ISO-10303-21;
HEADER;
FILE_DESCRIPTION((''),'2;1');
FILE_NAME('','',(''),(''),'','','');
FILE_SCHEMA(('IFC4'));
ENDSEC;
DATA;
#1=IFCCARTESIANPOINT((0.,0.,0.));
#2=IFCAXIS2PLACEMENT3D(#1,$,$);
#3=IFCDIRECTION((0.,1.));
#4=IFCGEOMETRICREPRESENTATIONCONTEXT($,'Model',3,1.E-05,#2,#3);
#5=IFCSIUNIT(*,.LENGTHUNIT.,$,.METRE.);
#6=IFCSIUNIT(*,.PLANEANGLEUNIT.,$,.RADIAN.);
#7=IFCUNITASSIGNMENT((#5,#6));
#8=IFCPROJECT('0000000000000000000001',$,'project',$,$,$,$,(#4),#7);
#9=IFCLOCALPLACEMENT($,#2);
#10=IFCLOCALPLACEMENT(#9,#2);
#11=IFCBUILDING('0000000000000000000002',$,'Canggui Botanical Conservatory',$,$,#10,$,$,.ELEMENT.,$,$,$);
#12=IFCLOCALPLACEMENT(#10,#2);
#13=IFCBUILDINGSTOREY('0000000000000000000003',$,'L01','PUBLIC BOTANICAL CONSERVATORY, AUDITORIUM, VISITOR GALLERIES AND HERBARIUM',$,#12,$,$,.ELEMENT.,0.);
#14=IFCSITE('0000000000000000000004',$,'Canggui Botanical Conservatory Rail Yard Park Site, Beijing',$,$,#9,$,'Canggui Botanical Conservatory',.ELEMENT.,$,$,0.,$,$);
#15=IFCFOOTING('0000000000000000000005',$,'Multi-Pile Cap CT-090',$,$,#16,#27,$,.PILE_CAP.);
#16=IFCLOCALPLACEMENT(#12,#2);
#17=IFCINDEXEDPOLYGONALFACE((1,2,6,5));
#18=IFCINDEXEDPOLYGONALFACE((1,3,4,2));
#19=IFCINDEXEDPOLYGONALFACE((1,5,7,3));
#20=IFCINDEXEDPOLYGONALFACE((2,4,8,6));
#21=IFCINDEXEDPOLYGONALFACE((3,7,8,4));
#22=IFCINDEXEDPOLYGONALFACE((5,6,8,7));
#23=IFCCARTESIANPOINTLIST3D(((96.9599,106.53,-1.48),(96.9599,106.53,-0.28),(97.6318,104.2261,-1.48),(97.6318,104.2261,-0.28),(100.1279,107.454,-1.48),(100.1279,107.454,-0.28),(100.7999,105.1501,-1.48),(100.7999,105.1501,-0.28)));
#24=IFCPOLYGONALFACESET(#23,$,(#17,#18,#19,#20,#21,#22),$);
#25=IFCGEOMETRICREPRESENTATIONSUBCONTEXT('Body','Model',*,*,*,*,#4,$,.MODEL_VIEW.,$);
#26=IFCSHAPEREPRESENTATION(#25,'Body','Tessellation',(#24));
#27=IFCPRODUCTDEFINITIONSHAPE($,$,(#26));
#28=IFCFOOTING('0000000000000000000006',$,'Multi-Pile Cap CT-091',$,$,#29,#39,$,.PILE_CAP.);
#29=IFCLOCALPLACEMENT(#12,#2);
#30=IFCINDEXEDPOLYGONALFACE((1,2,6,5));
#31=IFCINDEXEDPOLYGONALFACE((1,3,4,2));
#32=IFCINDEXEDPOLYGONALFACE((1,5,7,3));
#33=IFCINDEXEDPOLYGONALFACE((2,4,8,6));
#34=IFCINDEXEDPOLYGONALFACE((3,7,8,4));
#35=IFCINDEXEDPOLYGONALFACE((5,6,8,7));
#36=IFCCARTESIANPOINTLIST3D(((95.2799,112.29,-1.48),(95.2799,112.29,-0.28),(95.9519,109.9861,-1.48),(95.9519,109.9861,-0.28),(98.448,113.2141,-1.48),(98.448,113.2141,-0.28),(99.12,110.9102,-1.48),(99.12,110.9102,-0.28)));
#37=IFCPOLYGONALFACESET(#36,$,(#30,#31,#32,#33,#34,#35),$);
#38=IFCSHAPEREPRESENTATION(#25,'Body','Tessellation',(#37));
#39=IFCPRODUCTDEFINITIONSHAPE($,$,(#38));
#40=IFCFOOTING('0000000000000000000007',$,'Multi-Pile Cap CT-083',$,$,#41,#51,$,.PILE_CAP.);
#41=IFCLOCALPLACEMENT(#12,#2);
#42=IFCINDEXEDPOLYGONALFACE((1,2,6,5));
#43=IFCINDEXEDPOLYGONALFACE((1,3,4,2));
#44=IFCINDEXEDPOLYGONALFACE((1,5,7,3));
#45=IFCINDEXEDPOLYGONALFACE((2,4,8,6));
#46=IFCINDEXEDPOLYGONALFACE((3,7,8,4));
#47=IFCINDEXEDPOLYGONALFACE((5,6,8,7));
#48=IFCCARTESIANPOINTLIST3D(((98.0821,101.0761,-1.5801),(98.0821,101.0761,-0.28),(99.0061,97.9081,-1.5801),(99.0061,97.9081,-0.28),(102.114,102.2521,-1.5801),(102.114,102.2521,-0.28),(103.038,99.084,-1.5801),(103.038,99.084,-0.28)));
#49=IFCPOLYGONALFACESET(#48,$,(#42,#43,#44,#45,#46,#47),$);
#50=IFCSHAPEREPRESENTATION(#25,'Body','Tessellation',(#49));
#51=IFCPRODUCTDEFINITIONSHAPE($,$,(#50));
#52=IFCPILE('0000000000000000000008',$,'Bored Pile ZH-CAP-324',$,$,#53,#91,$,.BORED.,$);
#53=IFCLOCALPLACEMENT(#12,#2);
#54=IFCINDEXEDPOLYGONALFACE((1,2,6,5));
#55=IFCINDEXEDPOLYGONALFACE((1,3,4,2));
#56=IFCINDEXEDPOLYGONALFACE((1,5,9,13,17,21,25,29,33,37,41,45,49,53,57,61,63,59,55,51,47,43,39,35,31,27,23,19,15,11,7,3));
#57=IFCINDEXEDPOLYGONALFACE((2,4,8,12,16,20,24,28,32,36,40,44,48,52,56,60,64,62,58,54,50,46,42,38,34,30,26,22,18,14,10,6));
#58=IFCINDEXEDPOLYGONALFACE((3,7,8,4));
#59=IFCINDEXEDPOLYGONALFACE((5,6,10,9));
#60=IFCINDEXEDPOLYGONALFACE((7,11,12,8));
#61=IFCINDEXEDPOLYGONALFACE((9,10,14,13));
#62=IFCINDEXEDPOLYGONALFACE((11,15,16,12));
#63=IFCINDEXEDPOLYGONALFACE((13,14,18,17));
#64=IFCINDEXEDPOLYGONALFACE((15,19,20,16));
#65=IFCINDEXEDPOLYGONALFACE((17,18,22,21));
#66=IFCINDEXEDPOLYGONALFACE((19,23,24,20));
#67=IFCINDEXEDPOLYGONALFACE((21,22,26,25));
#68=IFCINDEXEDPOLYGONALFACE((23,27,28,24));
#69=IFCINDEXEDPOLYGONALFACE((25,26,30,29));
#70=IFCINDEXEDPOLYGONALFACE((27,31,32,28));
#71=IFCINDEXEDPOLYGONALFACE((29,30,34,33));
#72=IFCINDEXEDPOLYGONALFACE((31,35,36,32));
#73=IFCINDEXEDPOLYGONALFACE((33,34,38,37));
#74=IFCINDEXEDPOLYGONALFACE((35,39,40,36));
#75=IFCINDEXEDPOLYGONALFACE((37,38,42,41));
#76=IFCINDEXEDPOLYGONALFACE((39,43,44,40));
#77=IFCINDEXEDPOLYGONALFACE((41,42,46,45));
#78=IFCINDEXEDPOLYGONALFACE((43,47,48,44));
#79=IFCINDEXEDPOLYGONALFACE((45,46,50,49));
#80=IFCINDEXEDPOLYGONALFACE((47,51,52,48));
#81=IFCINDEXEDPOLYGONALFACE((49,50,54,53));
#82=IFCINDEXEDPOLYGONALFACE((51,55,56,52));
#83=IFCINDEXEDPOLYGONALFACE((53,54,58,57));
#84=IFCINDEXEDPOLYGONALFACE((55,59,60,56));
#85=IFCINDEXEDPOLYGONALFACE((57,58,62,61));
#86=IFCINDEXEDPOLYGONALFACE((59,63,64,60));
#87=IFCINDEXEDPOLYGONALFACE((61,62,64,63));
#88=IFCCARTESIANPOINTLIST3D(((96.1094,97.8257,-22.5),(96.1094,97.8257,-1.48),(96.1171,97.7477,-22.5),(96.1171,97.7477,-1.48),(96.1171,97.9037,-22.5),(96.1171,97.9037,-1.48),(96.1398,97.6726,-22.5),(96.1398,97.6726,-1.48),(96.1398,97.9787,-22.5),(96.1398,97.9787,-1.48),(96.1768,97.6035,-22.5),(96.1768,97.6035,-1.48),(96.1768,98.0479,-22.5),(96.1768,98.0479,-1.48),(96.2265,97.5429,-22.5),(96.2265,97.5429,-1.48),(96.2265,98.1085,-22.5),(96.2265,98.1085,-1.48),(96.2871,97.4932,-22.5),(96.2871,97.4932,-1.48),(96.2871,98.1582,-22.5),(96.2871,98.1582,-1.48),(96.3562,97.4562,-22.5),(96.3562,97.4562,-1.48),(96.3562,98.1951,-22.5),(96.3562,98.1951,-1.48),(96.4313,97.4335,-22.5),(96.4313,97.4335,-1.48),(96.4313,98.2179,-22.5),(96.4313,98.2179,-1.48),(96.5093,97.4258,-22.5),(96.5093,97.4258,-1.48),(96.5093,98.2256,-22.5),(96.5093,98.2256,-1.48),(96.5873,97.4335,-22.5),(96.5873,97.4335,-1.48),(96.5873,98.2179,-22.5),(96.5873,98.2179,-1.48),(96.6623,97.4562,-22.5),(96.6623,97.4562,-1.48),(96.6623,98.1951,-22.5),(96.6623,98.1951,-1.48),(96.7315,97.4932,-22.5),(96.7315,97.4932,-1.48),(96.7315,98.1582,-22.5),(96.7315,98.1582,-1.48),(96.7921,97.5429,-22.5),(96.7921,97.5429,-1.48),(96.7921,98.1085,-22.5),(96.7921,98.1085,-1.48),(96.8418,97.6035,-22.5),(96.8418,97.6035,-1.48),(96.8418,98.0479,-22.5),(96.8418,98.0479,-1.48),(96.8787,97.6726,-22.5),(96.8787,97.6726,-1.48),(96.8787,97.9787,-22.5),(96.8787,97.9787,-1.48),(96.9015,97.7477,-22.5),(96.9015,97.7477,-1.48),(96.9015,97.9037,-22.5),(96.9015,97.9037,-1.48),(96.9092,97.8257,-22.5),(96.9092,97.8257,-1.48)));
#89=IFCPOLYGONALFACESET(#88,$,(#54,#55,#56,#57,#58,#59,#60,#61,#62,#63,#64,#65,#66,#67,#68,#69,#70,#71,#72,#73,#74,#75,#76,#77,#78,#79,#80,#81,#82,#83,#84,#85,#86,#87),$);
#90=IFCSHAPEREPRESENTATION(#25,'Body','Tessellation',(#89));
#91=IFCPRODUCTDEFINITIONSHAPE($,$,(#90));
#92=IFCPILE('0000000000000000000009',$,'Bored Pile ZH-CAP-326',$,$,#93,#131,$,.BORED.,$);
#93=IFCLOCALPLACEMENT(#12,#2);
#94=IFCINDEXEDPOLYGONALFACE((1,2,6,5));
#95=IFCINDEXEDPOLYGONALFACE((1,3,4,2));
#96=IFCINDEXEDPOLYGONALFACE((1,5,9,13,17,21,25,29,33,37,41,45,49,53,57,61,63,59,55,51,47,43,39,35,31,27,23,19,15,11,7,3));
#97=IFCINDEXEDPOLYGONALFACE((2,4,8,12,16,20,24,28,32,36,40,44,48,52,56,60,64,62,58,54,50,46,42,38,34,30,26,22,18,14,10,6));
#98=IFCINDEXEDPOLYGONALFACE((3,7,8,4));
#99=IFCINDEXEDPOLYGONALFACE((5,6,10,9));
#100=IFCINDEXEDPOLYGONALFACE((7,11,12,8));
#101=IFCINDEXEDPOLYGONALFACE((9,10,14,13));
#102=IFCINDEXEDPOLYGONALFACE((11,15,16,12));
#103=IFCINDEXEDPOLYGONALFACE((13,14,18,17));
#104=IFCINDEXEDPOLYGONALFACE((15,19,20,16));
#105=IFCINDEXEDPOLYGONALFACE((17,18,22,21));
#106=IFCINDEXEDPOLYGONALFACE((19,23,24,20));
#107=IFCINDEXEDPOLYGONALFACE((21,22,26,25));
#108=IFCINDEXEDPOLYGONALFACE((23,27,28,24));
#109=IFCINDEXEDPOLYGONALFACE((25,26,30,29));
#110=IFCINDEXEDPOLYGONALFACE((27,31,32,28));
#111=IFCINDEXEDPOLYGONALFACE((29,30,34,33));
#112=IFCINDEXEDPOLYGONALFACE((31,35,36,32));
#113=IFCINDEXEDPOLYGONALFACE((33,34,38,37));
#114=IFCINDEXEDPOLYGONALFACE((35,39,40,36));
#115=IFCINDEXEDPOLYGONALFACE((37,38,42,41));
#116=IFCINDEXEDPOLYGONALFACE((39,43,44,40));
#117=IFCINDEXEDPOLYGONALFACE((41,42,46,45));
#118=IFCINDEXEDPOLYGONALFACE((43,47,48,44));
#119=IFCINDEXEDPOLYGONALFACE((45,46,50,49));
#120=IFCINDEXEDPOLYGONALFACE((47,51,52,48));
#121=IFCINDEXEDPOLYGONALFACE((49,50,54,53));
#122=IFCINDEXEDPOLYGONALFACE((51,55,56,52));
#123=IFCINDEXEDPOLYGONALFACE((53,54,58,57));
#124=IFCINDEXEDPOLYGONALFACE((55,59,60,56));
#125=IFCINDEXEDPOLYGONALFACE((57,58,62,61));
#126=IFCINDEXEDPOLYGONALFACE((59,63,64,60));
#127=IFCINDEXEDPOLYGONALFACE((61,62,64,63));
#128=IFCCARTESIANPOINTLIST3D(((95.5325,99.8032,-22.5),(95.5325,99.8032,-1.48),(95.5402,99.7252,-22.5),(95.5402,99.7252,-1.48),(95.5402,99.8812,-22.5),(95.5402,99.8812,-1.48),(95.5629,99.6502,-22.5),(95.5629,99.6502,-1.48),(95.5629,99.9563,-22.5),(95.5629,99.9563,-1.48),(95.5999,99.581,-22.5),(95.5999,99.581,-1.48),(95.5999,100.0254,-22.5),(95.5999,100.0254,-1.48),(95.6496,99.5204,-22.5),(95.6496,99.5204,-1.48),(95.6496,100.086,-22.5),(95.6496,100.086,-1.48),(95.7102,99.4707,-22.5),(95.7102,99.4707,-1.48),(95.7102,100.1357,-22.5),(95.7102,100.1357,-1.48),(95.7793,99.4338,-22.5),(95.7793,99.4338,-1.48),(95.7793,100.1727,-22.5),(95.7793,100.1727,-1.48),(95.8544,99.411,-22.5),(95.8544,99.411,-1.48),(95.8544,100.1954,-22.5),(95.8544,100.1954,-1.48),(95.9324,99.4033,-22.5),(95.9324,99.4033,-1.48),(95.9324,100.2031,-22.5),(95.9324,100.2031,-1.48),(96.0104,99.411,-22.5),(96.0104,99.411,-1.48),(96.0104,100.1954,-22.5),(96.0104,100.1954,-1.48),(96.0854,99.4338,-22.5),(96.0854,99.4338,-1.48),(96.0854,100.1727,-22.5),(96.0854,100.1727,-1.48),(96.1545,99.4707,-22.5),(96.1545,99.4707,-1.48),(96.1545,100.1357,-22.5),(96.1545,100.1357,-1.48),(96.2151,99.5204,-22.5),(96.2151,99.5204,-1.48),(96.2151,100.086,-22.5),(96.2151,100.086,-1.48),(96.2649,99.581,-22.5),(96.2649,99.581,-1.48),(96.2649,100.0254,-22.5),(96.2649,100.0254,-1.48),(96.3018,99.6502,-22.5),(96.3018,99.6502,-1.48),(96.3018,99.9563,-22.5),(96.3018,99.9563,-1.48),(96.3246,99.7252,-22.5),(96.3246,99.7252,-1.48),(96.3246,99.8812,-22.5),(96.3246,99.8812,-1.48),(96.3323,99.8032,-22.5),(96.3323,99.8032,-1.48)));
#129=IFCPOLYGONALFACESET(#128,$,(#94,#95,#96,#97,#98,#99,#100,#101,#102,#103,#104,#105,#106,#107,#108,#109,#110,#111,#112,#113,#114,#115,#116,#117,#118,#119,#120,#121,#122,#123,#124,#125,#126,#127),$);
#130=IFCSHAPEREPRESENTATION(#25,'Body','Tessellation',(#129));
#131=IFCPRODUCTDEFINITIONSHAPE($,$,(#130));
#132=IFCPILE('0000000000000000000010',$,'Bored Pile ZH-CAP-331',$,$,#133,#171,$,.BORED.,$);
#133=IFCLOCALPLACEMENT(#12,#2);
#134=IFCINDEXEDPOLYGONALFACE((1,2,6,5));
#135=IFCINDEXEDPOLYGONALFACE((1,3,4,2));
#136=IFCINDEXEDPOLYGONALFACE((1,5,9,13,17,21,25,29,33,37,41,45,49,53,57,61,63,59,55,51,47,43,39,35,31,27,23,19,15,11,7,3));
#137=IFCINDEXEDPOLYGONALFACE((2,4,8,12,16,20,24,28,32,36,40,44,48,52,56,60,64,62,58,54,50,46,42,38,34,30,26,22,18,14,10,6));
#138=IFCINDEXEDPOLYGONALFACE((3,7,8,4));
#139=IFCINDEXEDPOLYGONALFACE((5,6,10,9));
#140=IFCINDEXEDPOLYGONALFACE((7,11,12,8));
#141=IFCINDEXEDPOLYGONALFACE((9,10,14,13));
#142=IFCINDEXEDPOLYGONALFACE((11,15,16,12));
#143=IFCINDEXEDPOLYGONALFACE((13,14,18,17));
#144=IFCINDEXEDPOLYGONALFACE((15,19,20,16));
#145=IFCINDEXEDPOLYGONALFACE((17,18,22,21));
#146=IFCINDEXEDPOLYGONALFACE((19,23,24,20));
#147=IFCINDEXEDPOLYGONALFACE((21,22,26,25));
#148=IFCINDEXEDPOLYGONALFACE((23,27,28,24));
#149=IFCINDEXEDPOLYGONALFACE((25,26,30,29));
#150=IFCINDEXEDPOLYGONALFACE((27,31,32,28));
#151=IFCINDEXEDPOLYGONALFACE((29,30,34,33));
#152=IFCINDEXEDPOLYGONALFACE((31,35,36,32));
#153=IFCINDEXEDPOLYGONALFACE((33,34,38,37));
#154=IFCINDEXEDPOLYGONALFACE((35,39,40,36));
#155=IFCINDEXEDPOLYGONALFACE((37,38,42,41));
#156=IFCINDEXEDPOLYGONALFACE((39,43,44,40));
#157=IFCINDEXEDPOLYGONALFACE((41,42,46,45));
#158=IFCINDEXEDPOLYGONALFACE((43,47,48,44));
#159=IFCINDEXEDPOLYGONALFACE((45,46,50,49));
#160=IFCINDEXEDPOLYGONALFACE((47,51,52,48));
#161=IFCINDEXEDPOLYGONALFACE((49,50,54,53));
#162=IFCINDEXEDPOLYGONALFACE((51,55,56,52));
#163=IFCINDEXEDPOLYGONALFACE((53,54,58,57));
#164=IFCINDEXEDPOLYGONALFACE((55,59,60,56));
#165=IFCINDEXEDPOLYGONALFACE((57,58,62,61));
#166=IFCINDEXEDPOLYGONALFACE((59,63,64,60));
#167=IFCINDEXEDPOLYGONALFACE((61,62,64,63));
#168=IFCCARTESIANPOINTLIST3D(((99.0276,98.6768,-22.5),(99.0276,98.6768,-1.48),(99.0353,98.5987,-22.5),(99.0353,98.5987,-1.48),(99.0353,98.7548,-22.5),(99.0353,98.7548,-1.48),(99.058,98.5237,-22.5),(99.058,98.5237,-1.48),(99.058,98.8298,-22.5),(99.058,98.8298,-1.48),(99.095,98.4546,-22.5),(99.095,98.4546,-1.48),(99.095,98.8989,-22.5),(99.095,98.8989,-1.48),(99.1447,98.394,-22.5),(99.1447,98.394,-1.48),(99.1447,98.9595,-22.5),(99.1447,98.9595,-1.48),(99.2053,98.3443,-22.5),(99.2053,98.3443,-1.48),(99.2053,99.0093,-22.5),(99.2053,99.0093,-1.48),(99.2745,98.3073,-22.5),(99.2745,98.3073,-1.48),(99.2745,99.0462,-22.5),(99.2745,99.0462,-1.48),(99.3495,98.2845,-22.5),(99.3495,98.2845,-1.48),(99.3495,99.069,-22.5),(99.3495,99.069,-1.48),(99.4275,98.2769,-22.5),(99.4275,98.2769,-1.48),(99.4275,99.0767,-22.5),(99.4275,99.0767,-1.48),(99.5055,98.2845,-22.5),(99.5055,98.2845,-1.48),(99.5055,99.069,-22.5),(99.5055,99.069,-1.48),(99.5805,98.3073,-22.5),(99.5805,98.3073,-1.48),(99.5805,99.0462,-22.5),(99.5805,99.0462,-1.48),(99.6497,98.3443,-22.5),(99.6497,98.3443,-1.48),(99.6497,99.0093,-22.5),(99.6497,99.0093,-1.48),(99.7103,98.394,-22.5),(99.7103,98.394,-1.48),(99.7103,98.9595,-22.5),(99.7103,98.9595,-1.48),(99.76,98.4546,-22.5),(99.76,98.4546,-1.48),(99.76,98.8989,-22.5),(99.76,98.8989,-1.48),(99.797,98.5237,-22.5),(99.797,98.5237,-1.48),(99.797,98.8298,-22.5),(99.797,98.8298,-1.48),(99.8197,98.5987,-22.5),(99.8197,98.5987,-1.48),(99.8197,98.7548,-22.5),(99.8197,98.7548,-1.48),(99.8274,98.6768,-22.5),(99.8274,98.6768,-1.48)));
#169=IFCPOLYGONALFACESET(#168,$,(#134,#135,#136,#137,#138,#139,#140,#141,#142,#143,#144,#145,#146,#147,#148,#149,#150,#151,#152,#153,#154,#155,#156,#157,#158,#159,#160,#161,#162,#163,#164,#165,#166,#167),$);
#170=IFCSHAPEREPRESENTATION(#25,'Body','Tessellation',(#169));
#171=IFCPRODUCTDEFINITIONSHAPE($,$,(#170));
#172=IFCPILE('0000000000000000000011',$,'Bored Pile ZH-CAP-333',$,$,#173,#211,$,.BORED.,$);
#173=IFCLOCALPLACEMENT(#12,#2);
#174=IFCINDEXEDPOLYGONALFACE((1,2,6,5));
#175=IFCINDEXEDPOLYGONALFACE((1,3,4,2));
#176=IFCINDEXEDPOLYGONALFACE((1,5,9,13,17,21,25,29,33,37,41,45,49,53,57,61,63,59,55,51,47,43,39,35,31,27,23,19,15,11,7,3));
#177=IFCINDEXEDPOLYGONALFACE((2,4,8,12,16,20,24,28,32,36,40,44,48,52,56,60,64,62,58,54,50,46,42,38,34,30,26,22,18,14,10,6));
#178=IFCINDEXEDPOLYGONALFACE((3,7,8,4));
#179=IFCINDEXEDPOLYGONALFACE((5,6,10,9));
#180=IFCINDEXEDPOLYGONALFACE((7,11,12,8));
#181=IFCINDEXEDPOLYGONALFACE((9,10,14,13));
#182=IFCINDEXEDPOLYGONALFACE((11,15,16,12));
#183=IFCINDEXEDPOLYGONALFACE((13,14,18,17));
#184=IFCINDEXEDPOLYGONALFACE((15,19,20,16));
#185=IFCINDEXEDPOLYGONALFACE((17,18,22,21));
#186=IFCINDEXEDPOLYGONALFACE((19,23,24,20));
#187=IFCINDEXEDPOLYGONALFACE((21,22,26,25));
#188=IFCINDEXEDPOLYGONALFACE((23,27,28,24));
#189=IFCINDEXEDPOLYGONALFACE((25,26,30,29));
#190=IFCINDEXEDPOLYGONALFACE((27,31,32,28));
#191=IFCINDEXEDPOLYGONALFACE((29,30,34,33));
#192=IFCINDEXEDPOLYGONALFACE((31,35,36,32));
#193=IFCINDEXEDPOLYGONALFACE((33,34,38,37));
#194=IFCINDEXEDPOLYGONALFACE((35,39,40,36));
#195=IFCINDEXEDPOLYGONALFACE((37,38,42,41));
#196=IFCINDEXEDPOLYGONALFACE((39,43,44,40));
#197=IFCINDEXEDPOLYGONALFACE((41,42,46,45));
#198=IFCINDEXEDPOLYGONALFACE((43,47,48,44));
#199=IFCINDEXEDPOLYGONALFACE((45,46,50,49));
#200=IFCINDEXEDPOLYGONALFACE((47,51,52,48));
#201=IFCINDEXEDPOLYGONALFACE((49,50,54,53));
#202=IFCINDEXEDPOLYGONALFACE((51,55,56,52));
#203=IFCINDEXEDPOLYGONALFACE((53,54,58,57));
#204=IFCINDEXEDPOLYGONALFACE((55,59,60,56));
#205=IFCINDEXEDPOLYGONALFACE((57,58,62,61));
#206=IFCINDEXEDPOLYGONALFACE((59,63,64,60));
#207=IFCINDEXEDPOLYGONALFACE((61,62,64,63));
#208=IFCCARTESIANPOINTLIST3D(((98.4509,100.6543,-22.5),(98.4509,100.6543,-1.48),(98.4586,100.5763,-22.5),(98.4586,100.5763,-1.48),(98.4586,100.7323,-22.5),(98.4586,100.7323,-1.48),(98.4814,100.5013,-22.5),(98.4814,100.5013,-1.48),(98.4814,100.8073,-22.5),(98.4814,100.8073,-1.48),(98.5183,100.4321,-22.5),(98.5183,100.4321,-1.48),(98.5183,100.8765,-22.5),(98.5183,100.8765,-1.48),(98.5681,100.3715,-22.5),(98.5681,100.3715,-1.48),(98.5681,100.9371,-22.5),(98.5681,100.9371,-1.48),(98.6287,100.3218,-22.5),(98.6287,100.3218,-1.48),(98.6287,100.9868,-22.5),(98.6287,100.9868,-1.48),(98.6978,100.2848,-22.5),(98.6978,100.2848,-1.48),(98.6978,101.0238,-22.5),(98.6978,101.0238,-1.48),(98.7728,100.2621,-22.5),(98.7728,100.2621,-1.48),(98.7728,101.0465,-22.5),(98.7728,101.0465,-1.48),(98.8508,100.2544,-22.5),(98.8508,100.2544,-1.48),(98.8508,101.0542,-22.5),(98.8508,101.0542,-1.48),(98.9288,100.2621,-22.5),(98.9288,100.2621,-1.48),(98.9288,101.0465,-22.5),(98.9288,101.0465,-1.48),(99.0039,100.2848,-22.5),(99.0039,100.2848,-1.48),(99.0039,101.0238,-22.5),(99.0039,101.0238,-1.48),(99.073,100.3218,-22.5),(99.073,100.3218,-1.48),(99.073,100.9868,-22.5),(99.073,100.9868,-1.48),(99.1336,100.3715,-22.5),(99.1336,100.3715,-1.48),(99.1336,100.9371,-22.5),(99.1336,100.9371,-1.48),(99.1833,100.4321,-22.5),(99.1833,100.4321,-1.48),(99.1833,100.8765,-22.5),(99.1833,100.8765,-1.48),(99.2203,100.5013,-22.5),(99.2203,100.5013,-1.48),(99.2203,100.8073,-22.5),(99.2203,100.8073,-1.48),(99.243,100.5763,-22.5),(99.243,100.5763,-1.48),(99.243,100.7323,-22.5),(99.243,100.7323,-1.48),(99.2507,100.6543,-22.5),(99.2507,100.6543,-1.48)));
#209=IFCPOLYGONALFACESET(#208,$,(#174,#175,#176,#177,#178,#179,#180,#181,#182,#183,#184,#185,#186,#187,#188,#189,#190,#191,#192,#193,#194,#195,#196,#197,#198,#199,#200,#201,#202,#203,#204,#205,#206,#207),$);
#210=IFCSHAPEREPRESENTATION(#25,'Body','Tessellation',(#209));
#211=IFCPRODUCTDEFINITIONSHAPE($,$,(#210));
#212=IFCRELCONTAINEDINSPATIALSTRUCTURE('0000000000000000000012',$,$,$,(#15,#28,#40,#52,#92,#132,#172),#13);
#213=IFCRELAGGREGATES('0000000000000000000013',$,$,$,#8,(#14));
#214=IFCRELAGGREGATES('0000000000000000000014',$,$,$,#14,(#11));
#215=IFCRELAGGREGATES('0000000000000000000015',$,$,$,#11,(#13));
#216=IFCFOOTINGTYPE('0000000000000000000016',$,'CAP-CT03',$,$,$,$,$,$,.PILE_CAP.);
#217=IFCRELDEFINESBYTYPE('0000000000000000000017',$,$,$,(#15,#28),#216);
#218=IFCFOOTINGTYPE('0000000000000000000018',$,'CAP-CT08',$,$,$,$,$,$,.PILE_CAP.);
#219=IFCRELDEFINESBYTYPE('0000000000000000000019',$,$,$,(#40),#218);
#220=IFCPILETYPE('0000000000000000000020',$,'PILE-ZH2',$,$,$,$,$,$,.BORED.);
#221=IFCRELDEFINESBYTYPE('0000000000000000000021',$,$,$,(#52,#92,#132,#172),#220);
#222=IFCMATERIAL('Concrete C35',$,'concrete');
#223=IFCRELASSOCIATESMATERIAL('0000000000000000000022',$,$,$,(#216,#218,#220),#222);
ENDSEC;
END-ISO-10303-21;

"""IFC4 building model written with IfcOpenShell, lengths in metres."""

from ifc_helpers import new_model, si_unit, direction, frame, origin, origin_2d, place, context, subcontext, project, spatial, rectangle, circle, extrude, material, material_profile, profile_set, type_object, element, save


model = new_model("IFC4")

# Units and contexts
model_context = context("Model", 3, precision=1e-05, world=origin(), true_north=direction((0.0, 1.0)))
body_context = subcontext(model_context, "Body", "Model", "MODEL_VIEW")
ifc_project = project(units=[si_unit("LENGTHUNIT", "METRE"), si_unit("PLANEANGLEUNIT", "RADIAN")], contexts=[model_context])

# Site, building, storey
site_placement = place(None, origin())
site = spatial("IfcSite", under=ifc_project, at=site_placement, Name="Canggui Botanical Conservatory Rail Yard Park Site, Beijing", LongName="Canggui Botanical Conservatory", CompositionType="ELEMENT", RefElevation=0.0)
building_placement = place(site_placement, origin())
building = spatial("IfcBuilding", under=site, at=building_placement, Name="Canggui Botanical Conservatory", CompositionType="ELEMENT")
storey_placement = place(building_placement, origin())
storey = spatial("IfcBuildingStorey", under=building, at=storey_placement, Name="L01", Description="PUBLIC BOTANICAL CONSERVATORY, AUDITORIUM, VISITOR GALLERIES AND HERBARIUM", CompositionType="ELEMENT", Elevation=0.0)

# Footings
ifc_material_1 = material(Name="Concrete C35", Category="concrete")
footing_type_1 = type_object("IfcFootingType", Name="CAP-CT03", PredefinedType="PILE_CAP", material=ifc_material_1)
for number, where, z_axis, x_axis, name in (
    (1, (98.8799, 105.8401, -1.48), (0.0, 0.0, 1.0), (0.96, 0.28, 0.0), "Multi-Pile Cap CT-090"),
    (2, (97.2, 111.6001, -1.48), (0.0, 0.0, 1.0), (0.96, 0.28, 0.0), "Multi-Pile Cap CT-091"),
):
    element("IfcFooting", number, at=place(storey_placement, frame(where, z_axis=z_axis, x_axis=x_axis)), inside=storey, type_object=footing_type_1, Name=name, PredefinedType="PILE_CAP", context=body_context, shape_type="SweptSolid", body=[
        extrude(rectangle(XDim=3.3, YDim=2.3999, at=origin_2d()), origin(), (0.0, 0.0, 1.0), 1.2),
    ])
footing_type_2 = type_object("IfcFootingType", Name="CAP-CT08", PredefinedType="PILE_CAP", material=ifc_material_1)
footing_placement = place(storey_placement, frame((100.5601, 100.0801, -1.5801), z_axis=(0.0, 0.0, 1.0), x_axis=(0.96, 0.28, 0.0)))
element("IfcFooting", 3, at=footing_placement, inside=storey, type_object=footing_type_2, Name="Multi-Pile Cap CT-083", PredefinedType="PILE_CAP", context=body_context, shape_type="SweptSolid", body=[
    extrude(rectangle(XDim=4.2, YDim=3.3, at=origin_2d()), origin(), (0.0, 0.0, 1.0), 1.3),
])

# Piles
ifc_material_profile_1 = material_profile(ifc_material_1, circle(Radius=0.3999, at=origin_2d()), Name="PILE D800")
ifc_profile_set_1 = profile_set([ifc_material_profile_1], Name="Concrete C35")
pile_type = type_object("IfcPileType", Name="PILE-ZH2", PredefinedType="BORED", material=ifc_profile_set_1)
for number, where, z_axis, x_axis, name in (
    (4, (96.5093, 97.8257, -1.48), (0.0, 0.0, -1.0), (1.0, 0.0, 0.0), "Bored Pile ZH-CAP-324"),
    (5, (95.9324, 99.8032, -1.48), (0.0, 0.0, -1.0), (1.0, 0.0, 0.0), "Bored Pile ZH-CAP-326"),
    (6, (99.4275, 98.6768, -1.48), (0.0, 0.0, -1.0), (1.0, 0.0, 0.0), "Bored Pile ZH-CAP-331"),
    (7, (98.8508, 100.6543, -1.48), (0.0, 0.0, -1.0), (1.0, 0.0, 0.0), "Bored Pile ZH-CAP-333"),
):
    element("IfcPile", number, at=place(storey_placement, frame(where, z_axis=z_axis, x_axis=x_axis)), inside=storey, type_object=pile_type, Name=name, PredefinedType="BORED", context=body_context, shape_type="SweptSolid", body=[
        extrude(circle(Radius=0.3999, at=origin_2d()), origin(), (0.0, 0.0, 1.0), 21.02),
    ])

save(model, "model.ifc")
